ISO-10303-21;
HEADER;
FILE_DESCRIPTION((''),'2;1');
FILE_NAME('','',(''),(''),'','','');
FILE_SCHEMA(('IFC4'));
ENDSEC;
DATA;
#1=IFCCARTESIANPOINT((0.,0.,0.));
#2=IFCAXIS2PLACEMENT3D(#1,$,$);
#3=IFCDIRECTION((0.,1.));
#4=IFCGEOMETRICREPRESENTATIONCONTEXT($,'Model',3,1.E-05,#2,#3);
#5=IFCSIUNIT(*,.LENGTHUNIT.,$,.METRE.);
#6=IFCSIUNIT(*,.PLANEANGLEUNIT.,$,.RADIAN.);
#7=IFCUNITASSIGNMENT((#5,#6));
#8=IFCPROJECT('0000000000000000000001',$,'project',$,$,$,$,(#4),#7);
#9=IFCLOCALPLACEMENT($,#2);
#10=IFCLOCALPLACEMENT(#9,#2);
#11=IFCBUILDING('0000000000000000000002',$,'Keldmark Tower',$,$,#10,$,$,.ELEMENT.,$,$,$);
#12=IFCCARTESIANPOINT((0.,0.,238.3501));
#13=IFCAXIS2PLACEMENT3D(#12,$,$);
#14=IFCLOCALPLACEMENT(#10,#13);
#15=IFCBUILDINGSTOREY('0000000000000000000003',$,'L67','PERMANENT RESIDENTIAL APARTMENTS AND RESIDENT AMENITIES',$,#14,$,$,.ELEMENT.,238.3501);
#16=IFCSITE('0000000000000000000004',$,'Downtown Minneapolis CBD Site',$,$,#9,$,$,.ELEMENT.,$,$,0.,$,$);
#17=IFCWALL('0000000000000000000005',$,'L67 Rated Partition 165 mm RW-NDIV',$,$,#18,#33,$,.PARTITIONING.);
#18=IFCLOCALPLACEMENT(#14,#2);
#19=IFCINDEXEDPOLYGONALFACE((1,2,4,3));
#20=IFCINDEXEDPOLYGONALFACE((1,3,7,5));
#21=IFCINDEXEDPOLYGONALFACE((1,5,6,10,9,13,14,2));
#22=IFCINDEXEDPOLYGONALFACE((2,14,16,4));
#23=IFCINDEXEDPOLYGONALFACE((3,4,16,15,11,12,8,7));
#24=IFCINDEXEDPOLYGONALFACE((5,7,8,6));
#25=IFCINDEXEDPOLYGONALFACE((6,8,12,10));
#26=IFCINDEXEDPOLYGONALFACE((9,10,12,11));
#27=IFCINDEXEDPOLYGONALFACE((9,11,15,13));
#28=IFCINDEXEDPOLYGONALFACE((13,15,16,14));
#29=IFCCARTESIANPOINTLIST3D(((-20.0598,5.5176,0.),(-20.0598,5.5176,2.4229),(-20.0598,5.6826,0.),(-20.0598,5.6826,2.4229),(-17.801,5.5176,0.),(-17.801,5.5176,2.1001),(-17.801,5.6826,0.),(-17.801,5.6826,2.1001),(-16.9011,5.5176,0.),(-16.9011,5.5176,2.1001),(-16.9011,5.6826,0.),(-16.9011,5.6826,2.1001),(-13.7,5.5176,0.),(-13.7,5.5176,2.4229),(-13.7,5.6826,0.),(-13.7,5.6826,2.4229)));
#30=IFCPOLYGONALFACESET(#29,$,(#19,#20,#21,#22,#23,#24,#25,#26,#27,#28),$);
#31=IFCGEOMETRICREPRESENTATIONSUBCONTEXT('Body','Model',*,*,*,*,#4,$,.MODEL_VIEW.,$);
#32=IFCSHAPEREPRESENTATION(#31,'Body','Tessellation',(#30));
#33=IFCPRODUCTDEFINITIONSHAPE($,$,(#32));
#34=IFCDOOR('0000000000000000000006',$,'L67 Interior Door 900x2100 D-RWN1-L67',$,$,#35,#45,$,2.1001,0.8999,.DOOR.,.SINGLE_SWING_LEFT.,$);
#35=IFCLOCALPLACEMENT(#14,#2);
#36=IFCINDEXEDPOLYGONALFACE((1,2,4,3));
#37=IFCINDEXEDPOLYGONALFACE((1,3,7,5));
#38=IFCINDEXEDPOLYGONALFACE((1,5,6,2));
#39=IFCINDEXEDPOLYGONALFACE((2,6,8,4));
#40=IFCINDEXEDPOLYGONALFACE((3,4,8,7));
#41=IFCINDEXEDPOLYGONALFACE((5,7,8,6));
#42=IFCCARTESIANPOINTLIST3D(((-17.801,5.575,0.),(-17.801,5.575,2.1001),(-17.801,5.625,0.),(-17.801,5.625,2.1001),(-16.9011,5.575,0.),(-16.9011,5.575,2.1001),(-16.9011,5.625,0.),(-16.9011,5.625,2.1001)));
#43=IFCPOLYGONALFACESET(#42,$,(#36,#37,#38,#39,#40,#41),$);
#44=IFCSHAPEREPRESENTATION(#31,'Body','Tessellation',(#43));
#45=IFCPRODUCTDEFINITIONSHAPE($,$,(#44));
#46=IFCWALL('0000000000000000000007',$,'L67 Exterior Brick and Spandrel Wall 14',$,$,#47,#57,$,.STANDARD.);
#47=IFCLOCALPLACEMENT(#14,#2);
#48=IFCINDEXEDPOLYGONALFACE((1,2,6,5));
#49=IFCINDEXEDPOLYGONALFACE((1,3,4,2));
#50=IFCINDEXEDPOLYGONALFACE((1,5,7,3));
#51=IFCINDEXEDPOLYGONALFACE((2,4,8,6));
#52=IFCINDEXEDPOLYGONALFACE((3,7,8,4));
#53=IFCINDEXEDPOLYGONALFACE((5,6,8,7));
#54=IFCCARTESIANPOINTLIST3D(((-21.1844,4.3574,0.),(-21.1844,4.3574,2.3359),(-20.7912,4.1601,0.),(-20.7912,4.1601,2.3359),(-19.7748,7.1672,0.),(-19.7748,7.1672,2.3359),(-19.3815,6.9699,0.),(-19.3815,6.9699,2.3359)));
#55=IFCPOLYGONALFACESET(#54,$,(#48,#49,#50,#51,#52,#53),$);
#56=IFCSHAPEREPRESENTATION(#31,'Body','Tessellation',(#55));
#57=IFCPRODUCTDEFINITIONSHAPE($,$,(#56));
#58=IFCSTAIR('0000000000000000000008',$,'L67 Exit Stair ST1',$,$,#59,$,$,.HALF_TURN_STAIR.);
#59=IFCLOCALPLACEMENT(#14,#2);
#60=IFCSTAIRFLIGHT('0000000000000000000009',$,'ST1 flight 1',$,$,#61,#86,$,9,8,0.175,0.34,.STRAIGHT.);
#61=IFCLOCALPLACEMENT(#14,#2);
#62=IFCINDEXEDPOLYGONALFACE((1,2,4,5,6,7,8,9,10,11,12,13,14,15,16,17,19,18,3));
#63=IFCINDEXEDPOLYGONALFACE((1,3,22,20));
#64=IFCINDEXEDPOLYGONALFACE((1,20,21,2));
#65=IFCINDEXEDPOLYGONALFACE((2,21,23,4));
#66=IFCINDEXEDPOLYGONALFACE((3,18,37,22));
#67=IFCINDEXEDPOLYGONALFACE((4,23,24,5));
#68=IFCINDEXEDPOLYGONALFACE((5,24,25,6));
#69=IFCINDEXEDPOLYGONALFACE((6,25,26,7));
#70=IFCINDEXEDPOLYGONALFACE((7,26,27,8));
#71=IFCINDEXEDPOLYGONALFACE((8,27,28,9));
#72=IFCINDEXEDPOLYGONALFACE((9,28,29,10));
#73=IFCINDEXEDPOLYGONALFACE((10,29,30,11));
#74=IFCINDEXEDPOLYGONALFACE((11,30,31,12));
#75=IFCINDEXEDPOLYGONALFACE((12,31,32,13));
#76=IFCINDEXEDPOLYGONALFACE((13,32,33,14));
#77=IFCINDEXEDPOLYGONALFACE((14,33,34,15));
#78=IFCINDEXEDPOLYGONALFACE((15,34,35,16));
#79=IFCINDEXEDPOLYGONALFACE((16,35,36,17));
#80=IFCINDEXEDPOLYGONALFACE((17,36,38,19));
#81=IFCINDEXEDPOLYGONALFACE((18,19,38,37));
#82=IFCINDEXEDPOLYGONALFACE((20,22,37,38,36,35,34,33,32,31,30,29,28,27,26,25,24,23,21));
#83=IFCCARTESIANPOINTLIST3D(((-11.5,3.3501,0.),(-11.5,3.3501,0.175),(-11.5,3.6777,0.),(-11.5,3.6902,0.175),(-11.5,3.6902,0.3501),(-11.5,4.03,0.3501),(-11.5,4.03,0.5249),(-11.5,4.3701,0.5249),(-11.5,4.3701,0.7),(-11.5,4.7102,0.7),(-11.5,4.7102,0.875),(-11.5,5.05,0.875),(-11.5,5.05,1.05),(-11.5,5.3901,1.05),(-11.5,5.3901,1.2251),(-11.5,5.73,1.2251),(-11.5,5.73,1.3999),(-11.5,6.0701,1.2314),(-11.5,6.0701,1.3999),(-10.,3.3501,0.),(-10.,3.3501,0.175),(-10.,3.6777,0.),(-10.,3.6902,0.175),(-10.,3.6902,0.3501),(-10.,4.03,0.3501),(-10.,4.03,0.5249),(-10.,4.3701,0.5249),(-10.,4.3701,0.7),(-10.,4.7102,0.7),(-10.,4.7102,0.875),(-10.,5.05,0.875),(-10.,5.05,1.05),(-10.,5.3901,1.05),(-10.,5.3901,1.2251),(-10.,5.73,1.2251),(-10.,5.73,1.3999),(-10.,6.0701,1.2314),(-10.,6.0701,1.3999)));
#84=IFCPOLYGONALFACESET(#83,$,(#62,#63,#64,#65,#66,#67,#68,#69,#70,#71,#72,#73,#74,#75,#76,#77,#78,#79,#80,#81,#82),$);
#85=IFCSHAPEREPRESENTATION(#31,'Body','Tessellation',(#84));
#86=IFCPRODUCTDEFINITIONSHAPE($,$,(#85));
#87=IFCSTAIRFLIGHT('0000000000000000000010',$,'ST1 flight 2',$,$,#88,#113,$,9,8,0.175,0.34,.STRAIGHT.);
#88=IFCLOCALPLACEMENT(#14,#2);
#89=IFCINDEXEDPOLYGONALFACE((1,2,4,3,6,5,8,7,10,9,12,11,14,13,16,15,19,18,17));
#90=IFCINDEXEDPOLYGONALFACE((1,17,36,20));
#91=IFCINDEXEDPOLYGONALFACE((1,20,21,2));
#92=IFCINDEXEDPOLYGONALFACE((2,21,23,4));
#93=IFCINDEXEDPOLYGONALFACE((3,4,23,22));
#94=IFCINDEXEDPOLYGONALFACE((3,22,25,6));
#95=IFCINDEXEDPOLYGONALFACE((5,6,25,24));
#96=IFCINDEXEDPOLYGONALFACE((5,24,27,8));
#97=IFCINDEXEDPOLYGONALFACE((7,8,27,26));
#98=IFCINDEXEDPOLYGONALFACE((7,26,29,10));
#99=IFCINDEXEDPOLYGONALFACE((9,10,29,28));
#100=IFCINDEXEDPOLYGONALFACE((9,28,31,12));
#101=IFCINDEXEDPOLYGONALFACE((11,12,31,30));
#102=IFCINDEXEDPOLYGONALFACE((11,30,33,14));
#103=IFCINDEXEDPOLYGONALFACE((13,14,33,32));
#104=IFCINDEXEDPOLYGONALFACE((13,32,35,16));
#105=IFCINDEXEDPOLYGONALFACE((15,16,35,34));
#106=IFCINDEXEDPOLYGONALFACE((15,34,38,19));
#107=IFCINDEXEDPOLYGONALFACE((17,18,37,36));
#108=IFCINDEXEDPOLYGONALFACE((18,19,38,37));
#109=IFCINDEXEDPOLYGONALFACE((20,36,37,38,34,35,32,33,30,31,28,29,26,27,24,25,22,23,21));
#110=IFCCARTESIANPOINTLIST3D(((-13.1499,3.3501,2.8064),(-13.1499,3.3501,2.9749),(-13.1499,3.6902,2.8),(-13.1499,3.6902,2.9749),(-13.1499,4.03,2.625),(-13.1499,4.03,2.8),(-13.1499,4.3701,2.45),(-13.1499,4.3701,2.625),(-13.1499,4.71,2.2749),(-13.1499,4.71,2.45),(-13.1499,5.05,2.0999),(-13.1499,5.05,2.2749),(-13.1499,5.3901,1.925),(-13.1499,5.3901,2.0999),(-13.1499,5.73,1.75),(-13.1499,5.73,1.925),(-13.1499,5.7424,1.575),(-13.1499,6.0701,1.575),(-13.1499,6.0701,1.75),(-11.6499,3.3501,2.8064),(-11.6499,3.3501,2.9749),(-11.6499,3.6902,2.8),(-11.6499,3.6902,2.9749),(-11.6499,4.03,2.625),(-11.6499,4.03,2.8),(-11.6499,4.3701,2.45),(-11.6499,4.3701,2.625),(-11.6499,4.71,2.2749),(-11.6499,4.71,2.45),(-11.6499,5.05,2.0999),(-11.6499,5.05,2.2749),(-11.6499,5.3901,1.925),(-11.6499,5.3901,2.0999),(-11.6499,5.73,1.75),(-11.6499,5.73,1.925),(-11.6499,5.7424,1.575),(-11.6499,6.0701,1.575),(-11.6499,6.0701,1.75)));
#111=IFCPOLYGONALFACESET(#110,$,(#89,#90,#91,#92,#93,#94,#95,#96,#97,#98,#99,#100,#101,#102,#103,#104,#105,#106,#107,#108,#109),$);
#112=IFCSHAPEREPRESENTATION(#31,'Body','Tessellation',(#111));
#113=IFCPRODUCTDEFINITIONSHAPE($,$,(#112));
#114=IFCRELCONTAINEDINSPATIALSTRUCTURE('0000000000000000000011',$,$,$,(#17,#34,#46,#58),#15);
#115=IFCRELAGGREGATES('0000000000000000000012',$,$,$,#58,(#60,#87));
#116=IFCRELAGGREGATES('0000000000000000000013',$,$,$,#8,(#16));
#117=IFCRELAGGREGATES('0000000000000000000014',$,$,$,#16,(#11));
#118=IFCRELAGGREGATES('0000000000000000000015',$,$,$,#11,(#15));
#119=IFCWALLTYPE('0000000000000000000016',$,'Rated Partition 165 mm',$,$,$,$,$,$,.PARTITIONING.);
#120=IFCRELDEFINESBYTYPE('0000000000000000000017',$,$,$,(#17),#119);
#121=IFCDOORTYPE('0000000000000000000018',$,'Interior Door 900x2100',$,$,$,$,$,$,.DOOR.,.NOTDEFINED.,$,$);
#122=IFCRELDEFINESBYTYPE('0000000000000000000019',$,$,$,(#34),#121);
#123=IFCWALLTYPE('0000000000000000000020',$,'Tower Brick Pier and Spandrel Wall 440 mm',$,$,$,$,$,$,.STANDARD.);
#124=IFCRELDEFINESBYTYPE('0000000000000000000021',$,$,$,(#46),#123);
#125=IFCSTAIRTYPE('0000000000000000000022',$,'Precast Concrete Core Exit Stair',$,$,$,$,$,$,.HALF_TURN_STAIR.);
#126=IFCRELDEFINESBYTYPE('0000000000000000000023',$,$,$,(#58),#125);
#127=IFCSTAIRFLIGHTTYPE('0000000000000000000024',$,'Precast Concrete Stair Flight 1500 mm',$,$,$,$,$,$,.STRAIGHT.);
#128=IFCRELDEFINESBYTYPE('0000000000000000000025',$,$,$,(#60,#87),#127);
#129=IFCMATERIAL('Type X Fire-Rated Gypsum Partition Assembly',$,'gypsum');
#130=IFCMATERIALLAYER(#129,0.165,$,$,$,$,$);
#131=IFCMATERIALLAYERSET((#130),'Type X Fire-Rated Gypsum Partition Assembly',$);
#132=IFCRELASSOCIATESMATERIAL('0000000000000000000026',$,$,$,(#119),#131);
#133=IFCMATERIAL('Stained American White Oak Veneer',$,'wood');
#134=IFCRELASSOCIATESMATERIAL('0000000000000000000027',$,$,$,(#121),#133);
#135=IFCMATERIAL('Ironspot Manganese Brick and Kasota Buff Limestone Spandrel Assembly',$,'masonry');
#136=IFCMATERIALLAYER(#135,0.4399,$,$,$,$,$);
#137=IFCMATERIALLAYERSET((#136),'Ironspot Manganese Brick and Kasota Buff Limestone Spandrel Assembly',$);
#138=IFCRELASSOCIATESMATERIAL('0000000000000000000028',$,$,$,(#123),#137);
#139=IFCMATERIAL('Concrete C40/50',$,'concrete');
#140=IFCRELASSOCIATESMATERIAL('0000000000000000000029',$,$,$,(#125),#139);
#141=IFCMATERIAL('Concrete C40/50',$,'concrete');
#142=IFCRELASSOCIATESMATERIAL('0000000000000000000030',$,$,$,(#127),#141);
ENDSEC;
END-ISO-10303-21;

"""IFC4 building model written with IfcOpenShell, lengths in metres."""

from ifc_helpers import new_model, si_unit, direction, frame, frame_2d, origin, place, context, subcontext, project, spatial, polyline, rectangle, outline, extrude, material, layer, layer_set, type_object, element, fill, aggregate, save


model = new_model("IFC4")

# Units and contexts
model_context = context("Model", 3, precision=1e-05, world=origin(), true_north=direction((0.0, 1.0)))
body_context = subcontext(model_context, "Body", "Model", "MODEL_VIEW")
ifc_project = project(units=[si_unit("LENGTHUNIT", "METRE"), si_unit("PLANEANGLEUNIT", "RADIAN")], contexts=[model_context])

# Site, building, storey
site_placement = place(None, origin())
site = spatial("IfcSite", under=ifc_project, at=site_placement, Name="Downtown Minneapolis CBD Site", CompositionType="ELEMENT", RefElevation=0.0)
building_placement = place(site_placement, origin())
building = spatial("IfcBuilding", under=site, at=building_placement, Name="Keldmark Tower", CompositionType="ELEMENT")
storey_placement = place(building_placement, frame((0.0, 0.0, 238.3501)))
storey = spatial("IfcBuildingStorey", under=building, at=storey_placement, Name="L67", Description="PERMANENT RESIDENTIAL APARTMENTS AND RESIDENT AMENITIES", CompositionType="ELEMENT", Elevation=238.3501)

# Wall, opening, door
ifc_material_1 = material(Name="Type X Fire-Rated Gypsum Partition Assembly", Category="gypsum")
ifc_layer_1 = layer(ifc_material_1, 0.165)
ifc_layer_set_1 = layer_set([ifc_layer_1], Name="Type X Fire-Rated Gypsum Partition Assembly")
wall_type_1 = type_object("IfcWallType", Name="Rated Partition 165 mm", PredefinedType="PARTITIONING", material=ifc_layer_set_1)
wall_1_placement = place(storey_placement, frame((-20.0598, 5.6001, 0.0), z_axis=(0.0, 0.0, 1.0), x_axis=(1.0, 0.0, 0.0)))
wall_1 = element("IfcWall", 1, at=wall_1_placement, inside=storey, type_object=wall_type_1, Name="L67 Rated Partition 165 mm RW-NDIV", PredefinedType="PARTITIONING", context=body_context, shape_type="SweptSolid", body=[
    extrude(rectangle(XDim=6.3599, YDim=0.165, at=frame_2d((3.1799, 0.0))), origin(), (0.0, 0.0, 1.0), 2.4229),
])
opening_placement = place(wall_1_placement, frame((2.2588, 0.0, 0.0)))
opening = element("IfcOpeningElement", 2, at=opening_placement, cuts=wall_1, PredefinedType="OPENING", context=body_context, shape_type="SweptSolid", body=[
    extrude(rectangle(XDim=0.8999, YDim=2.1001, at=frame_2d((0.45, 1.05))), frame((0.0, 0.0925, 0.0), z_axis=(0.0, -1.0, 0.0), x_axis=(1.0, 0.0, 0.0)), (0.0, 0.0, 1.0), 0.1851),
])
ifc_material_2 = material(Name="Stained American White Oak Veneer", Category="wood")
door_type = type_object("IfcDoorType", Name="Interior Door 900x2100", OperationType="NOTDEFINED", PredefinedType="DOOR", material=ifc_material_2)
door_placement = place(opening_placement, origin())
door = element("IfcDoor", 3, at=door_placement, inside=storey, type_object=door_type, Name="L67 Interior Door 900x2100 D-RWN1-L67", OperationType="SINGLE_SWING_LEFT", OverallHeight=2.1001, OverallWidth=0.8999, PredefinedType="DOOR", context=body_context, shape_type="SweptSolid", body=[
    extrude(rectangle(XDim=0.8999, YDim=2.1001, at=frame_2d((0.45, 1.05))), frame((0.0, 0.0249, 0.0), z_axis=(0.0, -1.0, 0.0), x_axis=(1.0, 0.0, 0.0)), (0.0, 0.0, 1.0), 0.05),
])
fill(opening, door)

# Wall
ifc_material_3 = material(Name="Ironspot Manganese Brick and Kasota Buff Limestone Spandrel Assembly", Category="masonry")
ifc_layer_2 = layer(ifc_material_3, 0.4399)
ifc_layer_set_2 = layer_set([ifc_layer_2], Name="Ironspot Manganese Brick and Kasota Buff Limestone Spandrel Assembly")
wall_type_2 = type_object("IfcWallType", Name="Tower Brick Pier and Spandrel Wall 440 mm", PredefinedType="STANDARD", material=ifc_layer_set_2)
wall_2_placement = place(storey_placement, frame((-20.9878, 4.2588, 0.0), z_axis=(0.0, 0.0, 1.0), x_axis=(0.448425, 0.893821, 0.0)))
element("IfcWall", 4, at=wall_2_placement, inside=storey, type_object=wall_type_2, Name="L67 Exterior Brick and Spandrel Wall 14", PredefinedType="STANDARD", context=body_context, shape_type="SweptSolid", body=[
    extrude(rectangle(XDim=3.1436, YDim=0.4399, at=frame_2d((1.5718, 0.0))), origin(), (0.0, 0.0, 1.0), 2.3359),
])

# Stair, stair flights
ifc_material_4 = material(Name="Concrete C40/50", Category="concrete")
stair_type = type_object("IfcStairType", Name="Precast Concrete Core Exit Stair", PredefinedType="HALF_TURN_STAIR", material=ifc_material_4)
stair_placement = place(storey_placement, origin())
stair = element("IfcStair", 5, at=stair_placement, inside=storey, type_object=stair_type, Name="L67 Exit Stair ST1", PredefinedType="HALF_TURN_STAIR")
ifc_material_5 = material(Name="Concrete C40/50", Category="concrete")
stair_flight_type = type_object("IfcStairFlightType", Name="Precast Concrete Stair Flight 1500 mm", PredefinedType="STRAIGHT", material=ifc_material_5)
stair_flight_1_placement = place(storey_placement, frame((-10.75, 3.3501, 0.0), z_axis=(0.0, 0.0, 1.0), x_axis=(0.0, 1.0, 0.0)))
stair_flight_1 = element("IfcStairFlight", 6, at=stair_flight_1_placement, type_object=stair_flight_type, Name="ST1 flight 1", NumberOfRisers=9, NumberOfTreads=8, PredefinedType="STRAIGHT", RiserHeight=0.175, TreadLength=0.34, context=body_context, shape_type="SweptSolid", body=[
    extrude(outline(polyline([(0.0, 0.0), (0.0, 0.175), (0.3401, 0.175), (0.3401, 0.3501), (0.6799, 0.3501), (0.6799, 0.5249), (1.02, 0.5249), (1.02, 0.7), (1.3601, 0.7), (1.3601, 0.875), (1.7, 0.875), (1.7, 1.05), (2.04, 1.05), (2.04, 1.2251), (2.3799, 1.2251), (2.3799, 1.3999), (2.72, 1.3999), (2.72, 1.575), (2.72, 1.2314), (0.3276, 0.0), (0.0, 0.0)])), frame((0.0, 0.75, 0.0), z_axis=(0.0, -1.0, 0.0), x_axis=(1.0, 0.0, 0.0)), (0.0, 0.0, 1.0), 1.5),
])
stair_flight_2_placement = place(storey_placement, frame((-12.3999, 6.0701, 1.575), z_axis=(0.0, 0.0, 1.0), x_axis=(0.0, -1.0, 0.0)))
stair_flight_2 = element("IfcStairFlight", 7, at=stair_flight_2_placement, type_object=stair_flight_type, Name="ST1 flight 2", NumberOfRisers=9, NumberOfTreads=8, PredefinedType="STRAIGHT", RiserHeight=0.175, TreadLength=0.34, context=body_context, shape_type="SweptSolid", body=[
    extrude(outline(polyline([(0.0, 0.0), (0.0, 0.175), (0.3401, 0.175), (0.3401, 0.3501), (0.6799, 0.3501), (0.6799, 0.5249), (1.02, 0.5249), (1.02, 0.7), (1.3601, 0.7), (1.3601, 0.875), (1.7, 0.875), (1.7, 1.05), (2.04, 1.05), (2.04, 1.2251), (2.3799, 1.2251), (2.3799, 1.3999), (2.72, 1.3999), (2.72, 1.575), (2.72, 1.2314), (0.3276, 0.0), (0.0, 0.0)])), frame((0.0, 0.75, 0.0), z_axis=(0.0, -1.0, 0.0), x_axis=(1.0, 0.0, 0.0)), (0.0, 0.0, 1.0), 1.5),
])
aggregate(stair, [stair_flight_1, stair_flight_2])

save(model, "model.ifc")
